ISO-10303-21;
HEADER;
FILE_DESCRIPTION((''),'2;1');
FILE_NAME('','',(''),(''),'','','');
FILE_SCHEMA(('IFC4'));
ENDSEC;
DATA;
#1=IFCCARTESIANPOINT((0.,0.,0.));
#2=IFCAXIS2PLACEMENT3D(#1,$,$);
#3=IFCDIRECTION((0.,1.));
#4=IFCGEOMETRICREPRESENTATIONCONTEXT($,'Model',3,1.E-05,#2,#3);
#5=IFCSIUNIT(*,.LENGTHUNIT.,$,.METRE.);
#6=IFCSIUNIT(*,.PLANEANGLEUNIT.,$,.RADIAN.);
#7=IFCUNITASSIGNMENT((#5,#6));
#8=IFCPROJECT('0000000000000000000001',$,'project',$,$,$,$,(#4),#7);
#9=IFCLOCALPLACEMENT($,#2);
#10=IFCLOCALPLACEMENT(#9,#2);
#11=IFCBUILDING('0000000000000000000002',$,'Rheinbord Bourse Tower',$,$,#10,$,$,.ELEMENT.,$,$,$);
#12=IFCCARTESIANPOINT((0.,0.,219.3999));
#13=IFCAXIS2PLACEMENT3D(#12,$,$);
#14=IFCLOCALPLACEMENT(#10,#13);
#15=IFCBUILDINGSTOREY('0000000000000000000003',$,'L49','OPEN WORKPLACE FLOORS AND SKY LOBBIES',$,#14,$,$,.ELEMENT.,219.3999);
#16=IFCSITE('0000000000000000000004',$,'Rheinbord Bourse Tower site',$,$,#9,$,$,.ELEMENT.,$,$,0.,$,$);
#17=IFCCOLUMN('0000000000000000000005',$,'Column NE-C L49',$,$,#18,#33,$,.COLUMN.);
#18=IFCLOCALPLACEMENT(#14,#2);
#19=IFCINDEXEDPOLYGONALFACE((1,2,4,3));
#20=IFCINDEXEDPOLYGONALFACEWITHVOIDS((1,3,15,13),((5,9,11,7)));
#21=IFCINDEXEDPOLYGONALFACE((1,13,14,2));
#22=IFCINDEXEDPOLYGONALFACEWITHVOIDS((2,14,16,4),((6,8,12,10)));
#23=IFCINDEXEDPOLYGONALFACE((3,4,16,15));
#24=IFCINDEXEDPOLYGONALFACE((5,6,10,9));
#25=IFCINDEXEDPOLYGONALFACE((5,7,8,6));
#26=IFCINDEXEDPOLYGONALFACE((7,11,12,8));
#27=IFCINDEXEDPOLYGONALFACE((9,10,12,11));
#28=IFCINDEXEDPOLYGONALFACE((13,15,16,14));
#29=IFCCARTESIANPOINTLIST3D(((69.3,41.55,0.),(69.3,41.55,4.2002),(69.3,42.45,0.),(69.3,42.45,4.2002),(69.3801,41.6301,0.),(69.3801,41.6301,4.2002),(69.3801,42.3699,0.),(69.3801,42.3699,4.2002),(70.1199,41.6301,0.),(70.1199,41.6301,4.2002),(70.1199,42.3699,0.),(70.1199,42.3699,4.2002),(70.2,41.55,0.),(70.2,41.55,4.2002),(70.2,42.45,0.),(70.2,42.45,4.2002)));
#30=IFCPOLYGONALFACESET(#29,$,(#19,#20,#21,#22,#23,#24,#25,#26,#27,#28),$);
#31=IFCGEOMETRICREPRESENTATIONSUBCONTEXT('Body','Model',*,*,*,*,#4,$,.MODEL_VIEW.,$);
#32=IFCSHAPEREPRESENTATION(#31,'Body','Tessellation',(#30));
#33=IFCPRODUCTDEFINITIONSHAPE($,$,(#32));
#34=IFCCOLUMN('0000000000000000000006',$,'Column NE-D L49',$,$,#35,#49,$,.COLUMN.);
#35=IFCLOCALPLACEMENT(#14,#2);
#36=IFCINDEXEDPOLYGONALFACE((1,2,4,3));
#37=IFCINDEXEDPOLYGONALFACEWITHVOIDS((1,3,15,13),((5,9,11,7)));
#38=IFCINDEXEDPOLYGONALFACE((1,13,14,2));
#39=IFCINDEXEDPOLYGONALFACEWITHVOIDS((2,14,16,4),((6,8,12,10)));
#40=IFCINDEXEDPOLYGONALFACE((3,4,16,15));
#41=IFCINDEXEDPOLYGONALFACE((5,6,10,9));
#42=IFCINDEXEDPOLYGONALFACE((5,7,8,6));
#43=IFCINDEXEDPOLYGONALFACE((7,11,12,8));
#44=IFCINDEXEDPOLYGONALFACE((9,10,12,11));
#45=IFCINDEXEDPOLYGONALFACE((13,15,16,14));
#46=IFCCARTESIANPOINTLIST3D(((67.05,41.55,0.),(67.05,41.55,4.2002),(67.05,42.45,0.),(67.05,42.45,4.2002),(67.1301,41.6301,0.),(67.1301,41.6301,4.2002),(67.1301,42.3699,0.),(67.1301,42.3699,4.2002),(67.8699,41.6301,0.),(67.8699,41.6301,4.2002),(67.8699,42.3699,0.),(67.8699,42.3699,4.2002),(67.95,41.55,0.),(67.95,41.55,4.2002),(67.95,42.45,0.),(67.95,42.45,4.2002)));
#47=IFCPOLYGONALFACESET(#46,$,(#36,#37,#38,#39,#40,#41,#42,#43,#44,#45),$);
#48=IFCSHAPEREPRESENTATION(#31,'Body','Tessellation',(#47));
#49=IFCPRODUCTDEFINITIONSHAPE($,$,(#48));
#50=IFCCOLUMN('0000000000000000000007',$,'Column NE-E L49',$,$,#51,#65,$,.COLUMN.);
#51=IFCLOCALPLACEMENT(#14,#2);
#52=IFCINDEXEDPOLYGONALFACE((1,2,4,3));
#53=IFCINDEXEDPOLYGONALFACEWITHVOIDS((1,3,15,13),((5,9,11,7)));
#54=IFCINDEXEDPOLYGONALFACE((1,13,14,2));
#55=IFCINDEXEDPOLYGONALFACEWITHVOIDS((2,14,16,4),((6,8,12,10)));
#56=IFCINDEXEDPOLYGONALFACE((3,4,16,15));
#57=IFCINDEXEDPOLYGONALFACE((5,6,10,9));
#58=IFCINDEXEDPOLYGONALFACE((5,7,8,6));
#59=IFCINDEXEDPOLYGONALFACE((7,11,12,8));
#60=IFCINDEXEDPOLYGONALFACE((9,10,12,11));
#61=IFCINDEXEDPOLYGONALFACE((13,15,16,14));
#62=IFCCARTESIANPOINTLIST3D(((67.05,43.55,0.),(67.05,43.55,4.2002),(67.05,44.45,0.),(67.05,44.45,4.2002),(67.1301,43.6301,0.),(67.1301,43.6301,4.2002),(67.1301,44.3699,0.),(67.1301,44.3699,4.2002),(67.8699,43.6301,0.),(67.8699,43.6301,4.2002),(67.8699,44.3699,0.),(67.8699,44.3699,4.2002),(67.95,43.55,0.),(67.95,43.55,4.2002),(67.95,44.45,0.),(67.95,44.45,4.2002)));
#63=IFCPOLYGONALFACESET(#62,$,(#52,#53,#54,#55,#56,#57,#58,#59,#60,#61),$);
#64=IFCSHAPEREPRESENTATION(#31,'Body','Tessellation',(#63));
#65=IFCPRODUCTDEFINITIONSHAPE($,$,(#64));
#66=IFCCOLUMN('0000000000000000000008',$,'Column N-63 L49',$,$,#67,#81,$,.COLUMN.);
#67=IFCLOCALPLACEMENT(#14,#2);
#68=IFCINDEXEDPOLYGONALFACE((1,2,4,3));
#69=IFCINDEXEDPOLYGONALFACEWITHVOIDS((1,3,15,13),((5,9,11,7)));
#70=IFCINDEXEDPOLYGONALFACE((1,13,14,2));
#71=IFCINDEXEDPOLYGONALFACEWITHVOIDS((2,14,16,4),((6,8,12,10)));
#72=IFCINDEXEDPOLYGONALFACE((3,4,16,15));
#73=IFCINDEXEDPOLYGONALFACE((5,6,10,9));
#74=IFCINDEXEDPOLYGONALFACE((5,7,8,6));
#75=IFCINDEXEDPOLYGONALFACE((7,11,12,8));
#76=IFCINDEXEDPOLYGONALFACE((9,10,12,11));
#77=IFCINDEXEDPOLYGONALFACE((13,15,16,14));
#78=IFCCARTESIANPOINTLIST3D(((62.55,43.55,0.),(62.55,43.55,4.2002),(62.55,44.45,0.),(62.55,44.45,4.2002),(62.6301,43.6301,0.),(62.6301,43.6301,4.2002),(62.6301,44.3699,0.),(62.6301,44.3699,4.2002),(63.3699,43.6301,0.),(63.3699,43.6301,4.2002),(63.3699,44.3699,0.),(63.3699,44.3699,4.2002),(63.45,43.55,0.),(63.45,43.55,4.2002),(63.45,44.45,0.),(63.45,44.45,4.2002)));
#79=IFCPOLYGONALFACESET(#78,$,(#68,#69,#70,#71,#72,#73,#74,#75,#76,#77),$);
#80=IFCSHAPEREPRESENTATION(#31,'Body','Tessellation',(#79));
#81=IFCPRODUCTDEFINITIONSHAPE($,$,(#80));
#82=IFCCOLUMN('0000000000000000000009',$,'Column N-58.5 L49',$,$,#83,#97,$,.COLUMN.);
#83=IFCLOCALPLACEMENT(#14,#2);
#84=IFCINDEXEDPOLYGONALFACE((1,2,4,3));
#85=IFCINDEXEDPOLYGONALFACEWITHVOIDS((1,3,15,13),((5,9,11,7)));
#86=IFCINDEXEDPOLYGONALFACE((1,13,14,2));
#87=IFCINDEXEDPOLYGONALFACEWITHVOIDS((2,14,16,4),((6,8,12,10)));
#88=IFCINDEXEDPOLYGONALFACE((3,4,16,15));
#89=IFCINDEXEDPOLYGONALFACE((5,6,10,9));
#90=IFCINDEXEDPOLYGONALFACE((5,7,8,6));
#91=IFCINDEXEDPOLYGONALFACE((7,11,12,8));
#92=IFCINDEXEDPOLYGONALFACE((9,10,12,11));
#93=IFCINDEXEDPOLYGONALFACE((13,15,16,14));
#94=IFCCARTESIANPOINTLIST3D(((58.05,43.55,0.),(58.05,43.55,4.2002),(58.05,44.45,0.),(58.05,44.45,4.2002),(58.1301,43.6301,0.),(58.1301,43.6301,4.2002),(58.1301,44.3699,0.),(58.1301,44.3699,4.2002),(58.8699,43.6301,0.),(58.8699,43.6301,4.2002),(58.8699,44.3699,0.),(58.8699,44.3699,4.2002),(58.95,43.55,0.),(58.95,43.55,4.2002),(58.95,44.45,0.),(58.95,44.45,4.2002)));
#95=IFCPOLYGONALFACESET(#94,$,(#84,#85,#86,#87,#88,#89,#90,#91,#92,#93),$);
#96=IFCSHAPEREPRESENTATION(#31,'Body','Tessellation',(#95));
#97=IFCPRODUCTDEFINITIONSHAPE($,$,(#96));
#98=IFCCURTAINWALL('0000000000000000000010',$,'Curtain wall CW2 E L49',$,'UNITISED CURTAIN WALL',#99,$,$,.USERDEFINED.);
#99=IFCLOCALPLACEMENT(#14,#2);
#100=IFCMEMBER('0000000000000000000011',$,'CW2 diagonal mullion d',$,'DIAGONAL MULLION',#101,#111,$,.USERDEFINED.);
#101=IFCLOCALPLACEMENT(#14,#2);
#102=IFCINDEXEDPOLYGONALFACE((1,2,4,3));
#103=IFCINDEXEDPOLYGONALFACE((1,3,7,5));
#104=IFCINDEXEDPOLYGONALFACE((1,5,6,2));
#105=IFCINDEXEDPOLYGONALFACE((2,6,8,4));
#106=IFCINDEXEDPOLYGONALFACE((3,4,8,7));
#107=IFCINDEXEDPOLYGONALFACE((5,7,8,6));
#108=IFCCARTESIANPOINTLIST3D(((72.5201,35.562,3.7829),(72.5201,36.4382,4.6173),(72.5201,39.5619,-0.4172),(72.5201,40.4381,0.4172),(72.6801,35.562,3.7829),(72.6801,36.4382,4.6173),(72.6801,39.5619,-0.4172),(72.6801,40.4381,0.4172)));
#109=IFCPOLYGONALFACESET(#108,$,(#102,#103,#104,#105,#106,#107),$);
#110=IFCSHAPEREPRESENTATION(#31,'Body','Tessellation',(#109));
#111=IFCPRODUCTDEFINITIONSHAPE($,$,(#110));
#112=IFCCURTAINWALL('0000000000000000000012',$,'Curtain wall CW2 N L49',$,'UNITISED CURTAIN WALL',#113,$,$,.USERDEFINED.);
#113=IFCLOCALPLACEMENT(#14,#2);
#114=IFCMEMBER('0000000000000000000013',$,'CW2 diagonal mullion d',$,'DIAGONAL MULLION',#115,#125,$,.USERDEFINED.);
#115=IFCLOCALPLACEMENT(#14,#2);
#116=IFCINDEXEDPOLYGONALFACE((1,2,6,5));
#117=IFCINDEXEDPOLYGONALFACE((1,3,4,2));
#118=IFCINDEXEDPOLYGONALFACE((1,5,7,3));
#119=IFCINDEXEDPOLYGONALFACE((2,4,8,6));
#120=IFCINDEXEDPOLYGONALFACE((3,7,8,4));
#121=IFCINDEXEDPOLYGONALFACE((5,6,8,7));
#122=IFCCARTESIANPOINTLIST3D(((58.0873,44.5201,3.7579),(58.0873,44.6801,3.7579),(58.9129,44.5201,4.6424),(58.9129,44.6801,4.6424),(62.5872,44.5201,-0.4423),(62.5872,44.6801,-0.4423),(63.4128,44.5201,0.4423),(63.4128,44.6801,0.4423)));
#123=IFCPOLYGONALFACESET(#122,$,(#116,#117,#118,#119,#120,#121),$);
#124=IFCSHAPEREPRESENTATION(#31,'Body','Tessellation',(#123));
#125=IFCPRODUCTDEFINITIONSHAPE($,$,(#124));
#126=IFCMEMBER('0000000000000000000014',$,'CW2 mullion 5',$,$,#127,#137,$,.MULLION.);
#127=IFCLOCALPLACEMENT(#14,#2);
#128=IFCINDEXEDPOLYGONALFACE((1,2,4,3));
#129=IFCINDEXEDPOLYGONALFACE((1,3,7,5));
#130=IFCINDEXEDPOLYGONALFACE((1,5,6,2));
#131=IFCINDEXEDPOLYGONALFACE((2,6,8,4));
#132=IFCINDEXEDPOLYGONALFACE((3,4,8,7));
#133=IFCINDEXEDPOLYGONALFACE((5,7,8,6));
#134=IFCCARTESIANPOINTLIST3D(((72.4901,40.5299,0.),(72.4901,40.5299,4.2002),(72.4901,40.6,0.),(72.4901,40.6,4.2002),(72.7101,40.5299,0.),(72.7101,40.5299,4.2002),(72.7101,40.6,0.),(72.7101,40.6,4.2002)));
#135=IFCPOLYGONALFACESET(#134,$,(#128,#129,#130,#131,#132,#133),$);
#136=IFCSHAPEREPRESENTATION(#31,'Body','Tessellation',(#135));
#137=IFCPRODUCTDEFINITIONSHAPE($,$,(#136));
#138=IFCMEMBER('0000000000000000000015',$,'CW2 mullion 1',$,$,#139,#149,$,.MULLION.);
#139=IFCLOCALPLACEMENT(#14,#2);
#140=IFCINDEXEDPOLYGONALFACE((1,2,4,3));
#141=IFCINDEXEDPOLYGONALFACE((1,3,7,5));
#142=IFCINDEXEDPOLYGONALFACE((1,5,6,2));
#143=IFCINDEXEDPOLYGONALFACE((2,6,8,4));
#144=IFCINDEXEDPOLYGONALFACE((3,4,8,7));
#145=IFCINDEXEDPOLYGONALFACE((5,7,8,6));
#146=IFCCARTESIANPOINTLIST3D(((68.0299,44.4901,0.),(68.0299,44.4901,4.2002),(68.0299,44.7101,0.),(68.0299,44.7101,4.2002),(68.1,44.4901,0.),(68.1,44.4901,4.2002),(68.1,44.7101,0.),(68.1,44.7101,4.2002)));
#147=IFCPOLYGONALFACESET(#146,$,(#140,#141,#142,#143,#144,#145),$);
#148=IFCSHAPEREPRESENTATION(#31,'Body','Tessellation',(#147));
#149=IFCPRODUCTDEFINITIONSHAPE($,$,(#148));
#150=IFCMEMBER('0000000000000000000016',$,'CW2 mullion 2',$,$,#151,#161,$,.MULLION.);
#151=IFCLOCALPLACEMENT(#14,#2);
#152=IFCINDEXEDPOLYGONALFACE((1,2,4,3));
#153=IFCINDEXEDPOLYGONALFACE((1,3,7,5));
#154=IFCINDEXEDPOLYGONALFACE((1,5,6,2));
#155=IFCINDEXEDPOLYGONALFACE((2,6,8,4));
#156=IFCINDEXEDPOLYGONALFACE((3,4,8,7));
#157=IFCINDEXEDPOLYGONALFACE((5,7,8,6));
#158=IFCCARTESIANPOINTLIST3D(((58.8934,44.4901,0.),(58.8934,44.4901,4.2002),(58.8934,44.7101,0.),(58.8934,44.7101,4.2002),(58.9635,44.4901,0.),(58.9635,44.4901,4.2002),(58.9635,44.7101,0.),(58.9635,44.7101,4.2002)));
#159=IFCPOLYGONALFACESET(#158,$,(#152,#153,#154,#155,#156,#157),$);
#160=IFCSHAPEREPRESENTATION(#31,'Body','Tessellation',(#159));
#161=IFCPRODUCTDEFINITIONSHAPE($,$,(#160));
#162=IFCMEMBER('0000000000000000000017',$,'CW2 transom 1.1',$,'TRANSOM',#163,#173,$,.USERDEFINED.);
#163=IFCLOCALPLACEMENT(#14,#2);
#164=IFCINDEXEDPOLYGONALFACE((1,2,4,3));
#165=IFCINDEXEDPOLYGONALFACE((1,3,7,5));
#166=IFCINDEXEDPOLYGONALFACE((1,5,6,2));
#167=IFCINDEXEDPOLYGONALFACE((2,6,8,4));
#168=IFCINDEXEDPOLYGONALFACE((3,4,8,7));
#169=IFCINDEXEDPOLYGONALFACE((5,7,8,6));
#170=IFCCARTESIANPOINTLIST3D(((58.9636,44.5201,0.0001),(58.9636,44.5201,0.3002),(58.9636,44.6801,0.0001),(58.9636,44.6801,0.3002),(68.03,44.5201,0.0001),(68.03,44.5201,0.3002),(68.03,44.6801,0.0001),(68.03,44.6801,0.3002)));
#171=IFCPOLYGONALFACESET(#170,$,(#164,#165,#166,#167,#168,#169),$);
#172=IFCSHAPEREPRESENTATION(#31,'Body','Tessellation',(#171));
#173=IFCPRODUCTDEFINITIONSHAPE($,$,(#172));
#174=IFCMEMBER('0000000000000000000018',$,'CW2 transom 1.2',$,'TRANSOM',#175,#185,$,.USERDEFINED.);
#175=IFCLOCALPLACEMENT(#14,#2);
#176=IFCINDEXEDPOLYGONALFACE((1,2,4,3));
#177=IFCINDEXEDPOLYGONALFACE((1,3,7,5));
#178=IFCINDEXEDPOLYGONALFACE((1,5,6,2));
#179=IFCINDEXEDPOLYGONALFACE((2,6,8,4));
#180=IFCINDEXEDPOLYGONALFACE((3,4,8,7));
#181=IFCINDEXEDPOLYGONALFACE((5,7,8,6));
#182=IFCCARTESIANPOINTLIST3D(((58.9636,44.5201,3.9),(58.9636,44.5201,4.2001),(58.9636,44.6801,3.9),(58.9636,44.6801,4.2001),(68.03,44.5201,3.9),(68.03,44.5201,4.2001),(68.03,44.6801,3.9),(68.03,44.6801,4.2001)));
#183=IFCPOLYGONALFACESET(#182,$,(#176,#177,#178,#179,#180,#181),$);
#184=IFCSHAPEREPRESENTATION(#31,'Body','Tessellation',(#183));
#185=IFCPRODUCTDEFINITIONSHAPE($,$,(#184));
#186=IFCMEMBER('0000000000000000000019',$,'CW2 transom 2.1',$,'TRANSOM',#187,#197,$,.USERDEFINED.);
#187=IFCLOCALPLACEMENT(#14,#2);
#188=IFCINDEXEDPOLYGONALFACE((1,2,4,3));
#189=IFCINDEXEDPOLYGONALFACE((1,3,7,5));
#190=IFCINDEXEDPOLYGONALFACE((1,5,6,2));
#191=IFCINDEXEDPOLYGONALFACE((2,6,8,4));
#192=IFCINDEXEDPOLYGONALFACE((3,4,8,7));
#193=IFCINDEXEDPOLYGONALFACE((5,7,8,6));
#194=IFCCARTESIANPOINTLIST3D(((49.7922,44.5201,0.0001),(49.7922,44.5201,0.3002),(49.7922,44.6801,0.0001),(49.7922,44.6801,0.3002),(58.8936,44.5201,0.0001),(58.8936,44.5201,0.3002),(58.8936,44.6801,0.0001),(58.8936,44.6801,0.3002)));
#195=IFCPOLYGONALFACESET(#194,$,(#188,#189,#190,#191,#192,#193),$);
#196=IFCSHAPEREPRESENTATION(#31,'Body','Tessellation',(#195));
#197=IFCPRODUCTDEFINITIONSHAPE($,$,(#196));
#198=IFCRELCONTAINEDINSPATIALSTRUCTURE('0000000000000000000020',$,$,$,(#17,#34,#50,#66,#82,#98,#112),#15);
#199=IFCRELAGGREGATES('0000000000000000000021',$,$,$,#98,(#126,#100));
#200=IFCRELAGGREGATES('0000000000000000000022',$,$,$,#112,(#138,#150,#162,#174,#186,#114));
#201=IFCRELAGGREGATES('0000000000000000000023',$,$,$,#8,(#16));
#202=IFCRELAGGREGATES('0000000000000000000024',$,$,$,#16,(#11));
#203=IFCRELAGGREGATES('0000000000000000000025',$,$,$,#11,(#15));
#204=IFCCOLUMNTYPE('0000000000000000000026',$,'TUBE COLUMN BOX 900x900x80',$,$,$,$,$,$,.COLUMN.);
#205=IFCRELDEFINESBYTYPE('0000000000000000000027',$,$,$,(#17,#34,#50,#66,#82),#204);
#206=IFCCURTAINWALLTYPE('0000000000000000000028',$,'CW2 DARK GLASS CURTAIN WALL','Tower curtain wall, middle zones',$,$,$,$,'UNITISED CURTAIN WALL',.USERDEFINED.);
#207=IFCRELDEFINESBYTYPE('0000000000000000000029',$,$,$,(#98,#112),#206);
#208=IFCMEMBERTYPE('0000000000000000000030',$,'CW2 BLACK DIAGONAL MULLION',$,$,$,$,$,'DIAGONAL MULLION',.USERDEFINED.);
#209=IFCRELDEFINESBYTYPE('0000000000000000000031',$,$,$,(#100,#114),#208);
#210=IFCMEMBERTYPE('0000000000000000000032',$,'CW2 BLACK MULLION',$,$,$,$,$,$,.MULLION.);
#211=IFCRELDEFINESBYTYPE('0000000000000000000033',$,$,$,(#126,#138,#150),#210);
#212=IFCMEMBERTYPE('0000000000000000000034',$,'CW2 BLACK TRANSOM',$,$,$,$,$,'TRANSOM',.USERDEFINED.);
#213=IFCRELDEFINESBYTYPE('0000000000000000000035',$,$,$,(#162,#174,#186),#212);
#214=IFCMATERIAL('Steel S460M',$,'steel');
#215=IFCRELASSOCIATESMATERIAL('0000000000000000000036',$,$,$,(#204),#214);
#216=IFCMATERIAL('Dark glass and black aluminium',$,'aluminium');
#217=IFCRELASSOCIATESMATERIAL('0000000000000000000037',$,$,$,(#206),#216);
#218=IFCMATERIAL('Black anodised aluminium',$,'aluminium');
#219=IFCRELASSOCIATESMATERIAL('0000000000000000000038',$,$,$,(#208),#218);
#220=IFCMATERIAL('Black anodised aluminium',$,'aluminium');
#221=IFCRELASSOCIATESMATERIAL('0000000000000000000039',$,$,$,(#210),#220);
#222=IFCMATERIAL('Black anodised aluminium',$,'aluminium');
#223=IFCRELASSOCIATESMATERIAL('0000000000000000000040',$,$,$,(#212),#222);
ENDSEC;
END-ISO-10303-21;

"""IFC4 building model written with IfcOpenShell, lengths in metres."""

from ifc_helpers import new_model, si_unit, direction, frame, origin, origin_2d, place, context, subcontext, project, spatial, rectangle, hollow_rectangle, extrude, material, material_profile, profile_set, type_object, element, aggregate, save


model = new_model("IFC4")

# Units and contexts
model_context = context("Model", 3, precision=1e-05, world=origin(), true_north=direction((0.0, 1.0)))
body_context = subcontext(model_context, "Body", "Model", "MODEL_VIEW")
ifc_project = project(units=[si_unit("LENGTHUNIT", "METRE"), si_unit("PLANEANGLEUNIT", "RADIAN")], contexts=[model_context])

# Site, building, storey
site_placement = place(None, origin())
site = spatial("IfcSite", under=ifc_project, at=site_placement, Name="Rheinbord Bourse Tower site", CompositionType="ELEMENT", RefElevation=0.0)
building_placement = place(site_placement, origin())
building = spatial("IfcBuilding", under=site, at=building_placement, Name="Rheinbord Bourse Tower", CompositionType="ELEMENT")
storey_placement = place(building_placement, frame((0.0, 0.0, 219.3999)))
storey = spatial("IfcBuildingStorey", under=building, at=storey_placement, Name="L49", Description="OPEN WORKPLACE FLOORS AND SKY LOBBIES", CompositionType="ELEMENT", Elevation=219.3999)

# Columns
ifc_material_1 = material(Name="Steel S460M", Category="steel")
ifc_material_profile_1 = material_profile(ifc_material_1, hollow_rectangle(XDim=0.8999, YDim=0.8999, WallThickness=0.0801, at=origin_2d()), Name="BOX 900x900x80")
ifc_profile_set_1 = profile_set([ifc_material_profile_1], Name="Steel S460M")
column_type = type_object("IfcColumnType", Name="TUBE COLUMN BOX 900x900x80", PredefinedType="COLUMN", material=ifc_profile_set_1)
for number, where, z_axis, x_axis, name in (
    (1, (69.75, 42.0, 0.0), (0.0, 0.0, 1.0), (1.0, 0.0, 0.0), "Column NE-C L49"),
    (2, (67.5, 42.0, 0.0), (0.0, 0.0, 1.0), (0.0, 1.0, 0.0), "Column NE-D L49"),
    (3, (67.5, 44.0, 0.0), (0.0, 0.0, 1.0), (0.0, 1.0, 0.0), "Column NE-E L49"),
    (4, (63.0, 44.0, 0.0), (0.0, 0.0, 1.0), (0.0, 1.0, 0.0), "Column N-63 L49"),
    (5, (58.5, 44.0, 0.0), (0.0, 0.0, 1.0), (0.0, 1.0, 0.0), "Column N-58.5 L49"),
):
    element("IfcColumn", number, at=place(storey_placement, frame(where, z_axis=z_axis, x_axis=x_axis)), inside=storey, type_object=column_type, Name=name, PredefinedType="COLUMN", context=body_context, shape_type="SweptSolid", body=[
        extrude(hollow_rectangle(XDim=0.8999, YDim=0.8999, WallThickness=0.0801, at=origin_2d()), origin(), (0.0, 0.0, 1.0), 4.2002),
    ])

# Curtain walls, members
ifc_material_2 = material(Name="Dark glass and black aluminium", Category="aluminium")
curtain_wall_type = type_object("IfcCurtainWallType", Name="CW2 DARK GLASS CURTAIN WALL", Description="Tower curtain wall, middle zones", ElementType="UNITISED CURTAIN WALL", PredefinedType="USERDEFINED", material=ifc_material_2)
curtain_wall_1_placement = place(storey_placement, origin())
curtain_wall_1 = element("IfcCurtainWall", 6, at=curtain_wall_1_placement, inside=storey, type_object=curtain_wall_type, Name="Curtain wall CW2 E L49", ObjectType="UNITISED CURTAIN WALL", PredefinedType="USERDEFINED")
ifc_material_3 = material(Name="Black anodised aluminium", Category="aluminium")
ifc_material_profile_2 = material_profile(ifc_material_3, rectangle(XDim=0.1599, YDim=1.21, at=origin_2d()), Name="CW2 DIAGONAL MULLION 1210x160")
ifc_profile_set_2 = profile_set([ifc_material_profile_2], Name="Black anodised aluminium")
member_type_1 = type_object("IfcMemberType", Name="CW2 BLACK DIAGONAL MULLION", ElementType="DIAGONAL MULLION", PredefinedType="USERDEFINED", material=ifc_profile_set_2)
member_1_placement = place(storey_placement, frame((72.6001, 40.0, 0.0), z_axis=(0.0, -0.689638, 0.724154), x_axis=(1.0, 0.0, 0.0)))
member_1 = element("IfcMember", 7, at=member_1_placement, type_object=member_type_1, Name="CW2 diagonal mullion d", ObjectType="DIAGONAL MULLION", PredefinedType="USERDEFINED", context=body_context, shape_type="SweptSolid", body=[
    extrude(rectangle(XDim=0.1599, YDim=1.21, at=origin_2d()), origin(), (0.0, 0.0, 1.0), 5.8),
])
curtain_wall_2_placement = place(storey_placement, origin())
curtain_wall_2 = element("IfcCurtainWall", 8, at=curtain_wall_2_placement, inside=storey, type_object=curtain_wall_type, Name="Curtain wall CW2 N L49", ObjectType="UNITISED CURTAIN WALL", PredefinedType="USERDEFINED")
member_2_placement = place(storey_placement, frame((63.0, 44.6001, 0.0), z_axis=(-0.731039, 0.0, 0.682335), x_axis=(0.0, -1.0, 0.0)))
member_2 = element("IfcMember", 9, at=member_2_placement, type_object=member_type_1, Name="CW2 diagonal mullion d", ObjectType="DIAGONAL MULLION", PredefinedType="USERDEFINED", context=body_context, shape_type="SweptSolid", body=[
    extrude(rectangle(XDim=0.1599, YDim=1.21, at=origin_2d()), origin(), (0.0, 0.0, 1.0), 6.1555),
])

# Members
ifc_material_4 = material(Name="Black anodised aluminium", Category="aluminium")
ifc_material_profile_3 = material_profile(ifc_material_4, rectangle(XDim=0.22, YDim=0.0701, at=origin_2d()), Name="CW2 MULLION 70x220")
ifc_profile_set_3 = profile_set([ifc_material_profile_3], Name="Black anodised aluminium")
member_type_2 = type_object("IfcMemberType", Name="CW2 BLACK MULLION", PredefinedType="MULLION", material=ifc_profile_set_3)
member_3_placement = place(storey_placement, frame((72.6001, 40.5649, 0.0), z_axis=(0.0, 0.0, 1.0), x_axis=(-1.0, 0.0, 0.0)))
member_3 = element("IfcMember", 10, at=member_3_placement, type_object=member_type_2, Name="CW2 mullion 5", PredefinedType="MULLION", context=body_context, shape_type="SweptSolid", body=[
    extrude(rectangle(XDim=0.22, YDim=0.0701, at=origin_2d()), origin(), (0.0, 0.0, 1.0), 4.2002),
])
member_4_placement = place(storey_placement, frame((68.0649, 44.6001, 0.0), z_axis=(0.0, 0.0, 1.0), x_axis=(0.0, -1.0, 0.0)))
member_4 = element("IfcMember", 11, at=member_4_placement, type_object=member_type_2, Name="CW2 mullion 1", PredefinedType="MULLION", context=body_context, shape_type="SweptSolid", body=[
    extrude(rectangle(XDim=0.22, YDim=0.0701, at=origin_2d()), origin(), (0.0, 0.0, 1.0), 4.2002),
])
member_5_placement = place(storey_placement, frame((58.9285, 44.6001, 0.0), z_axis=(0.0, 0.0, 1.0), x_axis=(0.0, -1.0, 0.0)))
member_5 = element("IfcMember", 12, at=member_5_placement, type_object=member_type_2, Name="CW2 mullion 2", PredefinedType="MULLION", context=body_context, shape_type="SweptSolid", body=[
    extrude(rectangle(XDim=0.22, YDim=0.0701, at=origin_2d()), origin(), (0.0, 0.0, 1.0), 4.2002),
])
ifc_material_5 = material(Name="Black anodised aluminium", Category="aluminium")
ifc_material_profile_4 = material_profile(ifc_material_5, rectangle(XDim=0.1599, YDim=0.3, at=origin_2d()), Name="CW2 TRANSOM 300x160")
ifc_profile_set_4 = profile_set([ifc_material_profile_4], Name="Black anodised aluminium")
member_type_3 = type_object("IfcMemberType", Name="CW2 BLACK TRANSOM", ElementType="TRANSOM", PredefinedType="USERDEFINED", material=ifc_profile_set_4)
member_6_placement = place(storey_placement, frame((68.03, 44.6001, 0.1501), z_axis=(-1.0, 0.0, 0.0), x_axis=(0.0, -1.0, 0.0)))
member_6 = element("IfcMember", 13, at=member_6_placement, type_object=member_type_3, Name="CW2 transom 1.1", ObjectType="TRANSOM", PredefinedType="USERDEFINED", context=body_context, shape_type="SweptSolid", body=[
    extrude(rectangle(XDim=0.1599, YDim=0.3, at=origin_2d()), origin(), (0.0, 0.0, 1.0), 9.0664),
])
member_7_placement = place(storey_placement, frame((68.03, 44.6001, 4.05), z_axis=(-1.0, 0.0, 0.0), x_axis=(0.0, -1.0, 0.0)))
member_7 = element("IfcMember", 14, at=member_7_placement, type_object=member_type_3, Name="CW2 transom 1.2", ObjectType="TRANSOM", PredefinedType="USERDEFINED", context=body_context, shape_type="SweptSolid", body=[
    extrude(rectangle(XDim=0.1599, YDim=0.3, at=origin_2d()), origin(), (0.0, 0.0, 1.0), 9.0664),
])
member_8_placement = place(storey_placement, frame((58.8936, 44.6001, 0.1501), z_axis=(-1.0, 0.0, 0.0), x_axis=(0.0, -1.0, 0.0)))
member_8 = element("IfcMember", 15, at=member_8_placement, type_object=member_type_3, Name="CW2 transom 2.1", ObjectType="TRANSOM", PredefinedType="USERDEFINED", context=body_context, shape_type="SweptSolid", body=[
    extrude(rectangle(XDim=0.1599, YDim=0.3, at=origin_2d()), origin(), (0.0, 0.0, 1.0), 9.1013),
])

aggregate(curtain_wall_1, [member_3, member_1])
aggregate(curtain_wall_2, [member_4, member_5, member_6, member_7, member_8, member_2])

save(model, "model.ifc")
